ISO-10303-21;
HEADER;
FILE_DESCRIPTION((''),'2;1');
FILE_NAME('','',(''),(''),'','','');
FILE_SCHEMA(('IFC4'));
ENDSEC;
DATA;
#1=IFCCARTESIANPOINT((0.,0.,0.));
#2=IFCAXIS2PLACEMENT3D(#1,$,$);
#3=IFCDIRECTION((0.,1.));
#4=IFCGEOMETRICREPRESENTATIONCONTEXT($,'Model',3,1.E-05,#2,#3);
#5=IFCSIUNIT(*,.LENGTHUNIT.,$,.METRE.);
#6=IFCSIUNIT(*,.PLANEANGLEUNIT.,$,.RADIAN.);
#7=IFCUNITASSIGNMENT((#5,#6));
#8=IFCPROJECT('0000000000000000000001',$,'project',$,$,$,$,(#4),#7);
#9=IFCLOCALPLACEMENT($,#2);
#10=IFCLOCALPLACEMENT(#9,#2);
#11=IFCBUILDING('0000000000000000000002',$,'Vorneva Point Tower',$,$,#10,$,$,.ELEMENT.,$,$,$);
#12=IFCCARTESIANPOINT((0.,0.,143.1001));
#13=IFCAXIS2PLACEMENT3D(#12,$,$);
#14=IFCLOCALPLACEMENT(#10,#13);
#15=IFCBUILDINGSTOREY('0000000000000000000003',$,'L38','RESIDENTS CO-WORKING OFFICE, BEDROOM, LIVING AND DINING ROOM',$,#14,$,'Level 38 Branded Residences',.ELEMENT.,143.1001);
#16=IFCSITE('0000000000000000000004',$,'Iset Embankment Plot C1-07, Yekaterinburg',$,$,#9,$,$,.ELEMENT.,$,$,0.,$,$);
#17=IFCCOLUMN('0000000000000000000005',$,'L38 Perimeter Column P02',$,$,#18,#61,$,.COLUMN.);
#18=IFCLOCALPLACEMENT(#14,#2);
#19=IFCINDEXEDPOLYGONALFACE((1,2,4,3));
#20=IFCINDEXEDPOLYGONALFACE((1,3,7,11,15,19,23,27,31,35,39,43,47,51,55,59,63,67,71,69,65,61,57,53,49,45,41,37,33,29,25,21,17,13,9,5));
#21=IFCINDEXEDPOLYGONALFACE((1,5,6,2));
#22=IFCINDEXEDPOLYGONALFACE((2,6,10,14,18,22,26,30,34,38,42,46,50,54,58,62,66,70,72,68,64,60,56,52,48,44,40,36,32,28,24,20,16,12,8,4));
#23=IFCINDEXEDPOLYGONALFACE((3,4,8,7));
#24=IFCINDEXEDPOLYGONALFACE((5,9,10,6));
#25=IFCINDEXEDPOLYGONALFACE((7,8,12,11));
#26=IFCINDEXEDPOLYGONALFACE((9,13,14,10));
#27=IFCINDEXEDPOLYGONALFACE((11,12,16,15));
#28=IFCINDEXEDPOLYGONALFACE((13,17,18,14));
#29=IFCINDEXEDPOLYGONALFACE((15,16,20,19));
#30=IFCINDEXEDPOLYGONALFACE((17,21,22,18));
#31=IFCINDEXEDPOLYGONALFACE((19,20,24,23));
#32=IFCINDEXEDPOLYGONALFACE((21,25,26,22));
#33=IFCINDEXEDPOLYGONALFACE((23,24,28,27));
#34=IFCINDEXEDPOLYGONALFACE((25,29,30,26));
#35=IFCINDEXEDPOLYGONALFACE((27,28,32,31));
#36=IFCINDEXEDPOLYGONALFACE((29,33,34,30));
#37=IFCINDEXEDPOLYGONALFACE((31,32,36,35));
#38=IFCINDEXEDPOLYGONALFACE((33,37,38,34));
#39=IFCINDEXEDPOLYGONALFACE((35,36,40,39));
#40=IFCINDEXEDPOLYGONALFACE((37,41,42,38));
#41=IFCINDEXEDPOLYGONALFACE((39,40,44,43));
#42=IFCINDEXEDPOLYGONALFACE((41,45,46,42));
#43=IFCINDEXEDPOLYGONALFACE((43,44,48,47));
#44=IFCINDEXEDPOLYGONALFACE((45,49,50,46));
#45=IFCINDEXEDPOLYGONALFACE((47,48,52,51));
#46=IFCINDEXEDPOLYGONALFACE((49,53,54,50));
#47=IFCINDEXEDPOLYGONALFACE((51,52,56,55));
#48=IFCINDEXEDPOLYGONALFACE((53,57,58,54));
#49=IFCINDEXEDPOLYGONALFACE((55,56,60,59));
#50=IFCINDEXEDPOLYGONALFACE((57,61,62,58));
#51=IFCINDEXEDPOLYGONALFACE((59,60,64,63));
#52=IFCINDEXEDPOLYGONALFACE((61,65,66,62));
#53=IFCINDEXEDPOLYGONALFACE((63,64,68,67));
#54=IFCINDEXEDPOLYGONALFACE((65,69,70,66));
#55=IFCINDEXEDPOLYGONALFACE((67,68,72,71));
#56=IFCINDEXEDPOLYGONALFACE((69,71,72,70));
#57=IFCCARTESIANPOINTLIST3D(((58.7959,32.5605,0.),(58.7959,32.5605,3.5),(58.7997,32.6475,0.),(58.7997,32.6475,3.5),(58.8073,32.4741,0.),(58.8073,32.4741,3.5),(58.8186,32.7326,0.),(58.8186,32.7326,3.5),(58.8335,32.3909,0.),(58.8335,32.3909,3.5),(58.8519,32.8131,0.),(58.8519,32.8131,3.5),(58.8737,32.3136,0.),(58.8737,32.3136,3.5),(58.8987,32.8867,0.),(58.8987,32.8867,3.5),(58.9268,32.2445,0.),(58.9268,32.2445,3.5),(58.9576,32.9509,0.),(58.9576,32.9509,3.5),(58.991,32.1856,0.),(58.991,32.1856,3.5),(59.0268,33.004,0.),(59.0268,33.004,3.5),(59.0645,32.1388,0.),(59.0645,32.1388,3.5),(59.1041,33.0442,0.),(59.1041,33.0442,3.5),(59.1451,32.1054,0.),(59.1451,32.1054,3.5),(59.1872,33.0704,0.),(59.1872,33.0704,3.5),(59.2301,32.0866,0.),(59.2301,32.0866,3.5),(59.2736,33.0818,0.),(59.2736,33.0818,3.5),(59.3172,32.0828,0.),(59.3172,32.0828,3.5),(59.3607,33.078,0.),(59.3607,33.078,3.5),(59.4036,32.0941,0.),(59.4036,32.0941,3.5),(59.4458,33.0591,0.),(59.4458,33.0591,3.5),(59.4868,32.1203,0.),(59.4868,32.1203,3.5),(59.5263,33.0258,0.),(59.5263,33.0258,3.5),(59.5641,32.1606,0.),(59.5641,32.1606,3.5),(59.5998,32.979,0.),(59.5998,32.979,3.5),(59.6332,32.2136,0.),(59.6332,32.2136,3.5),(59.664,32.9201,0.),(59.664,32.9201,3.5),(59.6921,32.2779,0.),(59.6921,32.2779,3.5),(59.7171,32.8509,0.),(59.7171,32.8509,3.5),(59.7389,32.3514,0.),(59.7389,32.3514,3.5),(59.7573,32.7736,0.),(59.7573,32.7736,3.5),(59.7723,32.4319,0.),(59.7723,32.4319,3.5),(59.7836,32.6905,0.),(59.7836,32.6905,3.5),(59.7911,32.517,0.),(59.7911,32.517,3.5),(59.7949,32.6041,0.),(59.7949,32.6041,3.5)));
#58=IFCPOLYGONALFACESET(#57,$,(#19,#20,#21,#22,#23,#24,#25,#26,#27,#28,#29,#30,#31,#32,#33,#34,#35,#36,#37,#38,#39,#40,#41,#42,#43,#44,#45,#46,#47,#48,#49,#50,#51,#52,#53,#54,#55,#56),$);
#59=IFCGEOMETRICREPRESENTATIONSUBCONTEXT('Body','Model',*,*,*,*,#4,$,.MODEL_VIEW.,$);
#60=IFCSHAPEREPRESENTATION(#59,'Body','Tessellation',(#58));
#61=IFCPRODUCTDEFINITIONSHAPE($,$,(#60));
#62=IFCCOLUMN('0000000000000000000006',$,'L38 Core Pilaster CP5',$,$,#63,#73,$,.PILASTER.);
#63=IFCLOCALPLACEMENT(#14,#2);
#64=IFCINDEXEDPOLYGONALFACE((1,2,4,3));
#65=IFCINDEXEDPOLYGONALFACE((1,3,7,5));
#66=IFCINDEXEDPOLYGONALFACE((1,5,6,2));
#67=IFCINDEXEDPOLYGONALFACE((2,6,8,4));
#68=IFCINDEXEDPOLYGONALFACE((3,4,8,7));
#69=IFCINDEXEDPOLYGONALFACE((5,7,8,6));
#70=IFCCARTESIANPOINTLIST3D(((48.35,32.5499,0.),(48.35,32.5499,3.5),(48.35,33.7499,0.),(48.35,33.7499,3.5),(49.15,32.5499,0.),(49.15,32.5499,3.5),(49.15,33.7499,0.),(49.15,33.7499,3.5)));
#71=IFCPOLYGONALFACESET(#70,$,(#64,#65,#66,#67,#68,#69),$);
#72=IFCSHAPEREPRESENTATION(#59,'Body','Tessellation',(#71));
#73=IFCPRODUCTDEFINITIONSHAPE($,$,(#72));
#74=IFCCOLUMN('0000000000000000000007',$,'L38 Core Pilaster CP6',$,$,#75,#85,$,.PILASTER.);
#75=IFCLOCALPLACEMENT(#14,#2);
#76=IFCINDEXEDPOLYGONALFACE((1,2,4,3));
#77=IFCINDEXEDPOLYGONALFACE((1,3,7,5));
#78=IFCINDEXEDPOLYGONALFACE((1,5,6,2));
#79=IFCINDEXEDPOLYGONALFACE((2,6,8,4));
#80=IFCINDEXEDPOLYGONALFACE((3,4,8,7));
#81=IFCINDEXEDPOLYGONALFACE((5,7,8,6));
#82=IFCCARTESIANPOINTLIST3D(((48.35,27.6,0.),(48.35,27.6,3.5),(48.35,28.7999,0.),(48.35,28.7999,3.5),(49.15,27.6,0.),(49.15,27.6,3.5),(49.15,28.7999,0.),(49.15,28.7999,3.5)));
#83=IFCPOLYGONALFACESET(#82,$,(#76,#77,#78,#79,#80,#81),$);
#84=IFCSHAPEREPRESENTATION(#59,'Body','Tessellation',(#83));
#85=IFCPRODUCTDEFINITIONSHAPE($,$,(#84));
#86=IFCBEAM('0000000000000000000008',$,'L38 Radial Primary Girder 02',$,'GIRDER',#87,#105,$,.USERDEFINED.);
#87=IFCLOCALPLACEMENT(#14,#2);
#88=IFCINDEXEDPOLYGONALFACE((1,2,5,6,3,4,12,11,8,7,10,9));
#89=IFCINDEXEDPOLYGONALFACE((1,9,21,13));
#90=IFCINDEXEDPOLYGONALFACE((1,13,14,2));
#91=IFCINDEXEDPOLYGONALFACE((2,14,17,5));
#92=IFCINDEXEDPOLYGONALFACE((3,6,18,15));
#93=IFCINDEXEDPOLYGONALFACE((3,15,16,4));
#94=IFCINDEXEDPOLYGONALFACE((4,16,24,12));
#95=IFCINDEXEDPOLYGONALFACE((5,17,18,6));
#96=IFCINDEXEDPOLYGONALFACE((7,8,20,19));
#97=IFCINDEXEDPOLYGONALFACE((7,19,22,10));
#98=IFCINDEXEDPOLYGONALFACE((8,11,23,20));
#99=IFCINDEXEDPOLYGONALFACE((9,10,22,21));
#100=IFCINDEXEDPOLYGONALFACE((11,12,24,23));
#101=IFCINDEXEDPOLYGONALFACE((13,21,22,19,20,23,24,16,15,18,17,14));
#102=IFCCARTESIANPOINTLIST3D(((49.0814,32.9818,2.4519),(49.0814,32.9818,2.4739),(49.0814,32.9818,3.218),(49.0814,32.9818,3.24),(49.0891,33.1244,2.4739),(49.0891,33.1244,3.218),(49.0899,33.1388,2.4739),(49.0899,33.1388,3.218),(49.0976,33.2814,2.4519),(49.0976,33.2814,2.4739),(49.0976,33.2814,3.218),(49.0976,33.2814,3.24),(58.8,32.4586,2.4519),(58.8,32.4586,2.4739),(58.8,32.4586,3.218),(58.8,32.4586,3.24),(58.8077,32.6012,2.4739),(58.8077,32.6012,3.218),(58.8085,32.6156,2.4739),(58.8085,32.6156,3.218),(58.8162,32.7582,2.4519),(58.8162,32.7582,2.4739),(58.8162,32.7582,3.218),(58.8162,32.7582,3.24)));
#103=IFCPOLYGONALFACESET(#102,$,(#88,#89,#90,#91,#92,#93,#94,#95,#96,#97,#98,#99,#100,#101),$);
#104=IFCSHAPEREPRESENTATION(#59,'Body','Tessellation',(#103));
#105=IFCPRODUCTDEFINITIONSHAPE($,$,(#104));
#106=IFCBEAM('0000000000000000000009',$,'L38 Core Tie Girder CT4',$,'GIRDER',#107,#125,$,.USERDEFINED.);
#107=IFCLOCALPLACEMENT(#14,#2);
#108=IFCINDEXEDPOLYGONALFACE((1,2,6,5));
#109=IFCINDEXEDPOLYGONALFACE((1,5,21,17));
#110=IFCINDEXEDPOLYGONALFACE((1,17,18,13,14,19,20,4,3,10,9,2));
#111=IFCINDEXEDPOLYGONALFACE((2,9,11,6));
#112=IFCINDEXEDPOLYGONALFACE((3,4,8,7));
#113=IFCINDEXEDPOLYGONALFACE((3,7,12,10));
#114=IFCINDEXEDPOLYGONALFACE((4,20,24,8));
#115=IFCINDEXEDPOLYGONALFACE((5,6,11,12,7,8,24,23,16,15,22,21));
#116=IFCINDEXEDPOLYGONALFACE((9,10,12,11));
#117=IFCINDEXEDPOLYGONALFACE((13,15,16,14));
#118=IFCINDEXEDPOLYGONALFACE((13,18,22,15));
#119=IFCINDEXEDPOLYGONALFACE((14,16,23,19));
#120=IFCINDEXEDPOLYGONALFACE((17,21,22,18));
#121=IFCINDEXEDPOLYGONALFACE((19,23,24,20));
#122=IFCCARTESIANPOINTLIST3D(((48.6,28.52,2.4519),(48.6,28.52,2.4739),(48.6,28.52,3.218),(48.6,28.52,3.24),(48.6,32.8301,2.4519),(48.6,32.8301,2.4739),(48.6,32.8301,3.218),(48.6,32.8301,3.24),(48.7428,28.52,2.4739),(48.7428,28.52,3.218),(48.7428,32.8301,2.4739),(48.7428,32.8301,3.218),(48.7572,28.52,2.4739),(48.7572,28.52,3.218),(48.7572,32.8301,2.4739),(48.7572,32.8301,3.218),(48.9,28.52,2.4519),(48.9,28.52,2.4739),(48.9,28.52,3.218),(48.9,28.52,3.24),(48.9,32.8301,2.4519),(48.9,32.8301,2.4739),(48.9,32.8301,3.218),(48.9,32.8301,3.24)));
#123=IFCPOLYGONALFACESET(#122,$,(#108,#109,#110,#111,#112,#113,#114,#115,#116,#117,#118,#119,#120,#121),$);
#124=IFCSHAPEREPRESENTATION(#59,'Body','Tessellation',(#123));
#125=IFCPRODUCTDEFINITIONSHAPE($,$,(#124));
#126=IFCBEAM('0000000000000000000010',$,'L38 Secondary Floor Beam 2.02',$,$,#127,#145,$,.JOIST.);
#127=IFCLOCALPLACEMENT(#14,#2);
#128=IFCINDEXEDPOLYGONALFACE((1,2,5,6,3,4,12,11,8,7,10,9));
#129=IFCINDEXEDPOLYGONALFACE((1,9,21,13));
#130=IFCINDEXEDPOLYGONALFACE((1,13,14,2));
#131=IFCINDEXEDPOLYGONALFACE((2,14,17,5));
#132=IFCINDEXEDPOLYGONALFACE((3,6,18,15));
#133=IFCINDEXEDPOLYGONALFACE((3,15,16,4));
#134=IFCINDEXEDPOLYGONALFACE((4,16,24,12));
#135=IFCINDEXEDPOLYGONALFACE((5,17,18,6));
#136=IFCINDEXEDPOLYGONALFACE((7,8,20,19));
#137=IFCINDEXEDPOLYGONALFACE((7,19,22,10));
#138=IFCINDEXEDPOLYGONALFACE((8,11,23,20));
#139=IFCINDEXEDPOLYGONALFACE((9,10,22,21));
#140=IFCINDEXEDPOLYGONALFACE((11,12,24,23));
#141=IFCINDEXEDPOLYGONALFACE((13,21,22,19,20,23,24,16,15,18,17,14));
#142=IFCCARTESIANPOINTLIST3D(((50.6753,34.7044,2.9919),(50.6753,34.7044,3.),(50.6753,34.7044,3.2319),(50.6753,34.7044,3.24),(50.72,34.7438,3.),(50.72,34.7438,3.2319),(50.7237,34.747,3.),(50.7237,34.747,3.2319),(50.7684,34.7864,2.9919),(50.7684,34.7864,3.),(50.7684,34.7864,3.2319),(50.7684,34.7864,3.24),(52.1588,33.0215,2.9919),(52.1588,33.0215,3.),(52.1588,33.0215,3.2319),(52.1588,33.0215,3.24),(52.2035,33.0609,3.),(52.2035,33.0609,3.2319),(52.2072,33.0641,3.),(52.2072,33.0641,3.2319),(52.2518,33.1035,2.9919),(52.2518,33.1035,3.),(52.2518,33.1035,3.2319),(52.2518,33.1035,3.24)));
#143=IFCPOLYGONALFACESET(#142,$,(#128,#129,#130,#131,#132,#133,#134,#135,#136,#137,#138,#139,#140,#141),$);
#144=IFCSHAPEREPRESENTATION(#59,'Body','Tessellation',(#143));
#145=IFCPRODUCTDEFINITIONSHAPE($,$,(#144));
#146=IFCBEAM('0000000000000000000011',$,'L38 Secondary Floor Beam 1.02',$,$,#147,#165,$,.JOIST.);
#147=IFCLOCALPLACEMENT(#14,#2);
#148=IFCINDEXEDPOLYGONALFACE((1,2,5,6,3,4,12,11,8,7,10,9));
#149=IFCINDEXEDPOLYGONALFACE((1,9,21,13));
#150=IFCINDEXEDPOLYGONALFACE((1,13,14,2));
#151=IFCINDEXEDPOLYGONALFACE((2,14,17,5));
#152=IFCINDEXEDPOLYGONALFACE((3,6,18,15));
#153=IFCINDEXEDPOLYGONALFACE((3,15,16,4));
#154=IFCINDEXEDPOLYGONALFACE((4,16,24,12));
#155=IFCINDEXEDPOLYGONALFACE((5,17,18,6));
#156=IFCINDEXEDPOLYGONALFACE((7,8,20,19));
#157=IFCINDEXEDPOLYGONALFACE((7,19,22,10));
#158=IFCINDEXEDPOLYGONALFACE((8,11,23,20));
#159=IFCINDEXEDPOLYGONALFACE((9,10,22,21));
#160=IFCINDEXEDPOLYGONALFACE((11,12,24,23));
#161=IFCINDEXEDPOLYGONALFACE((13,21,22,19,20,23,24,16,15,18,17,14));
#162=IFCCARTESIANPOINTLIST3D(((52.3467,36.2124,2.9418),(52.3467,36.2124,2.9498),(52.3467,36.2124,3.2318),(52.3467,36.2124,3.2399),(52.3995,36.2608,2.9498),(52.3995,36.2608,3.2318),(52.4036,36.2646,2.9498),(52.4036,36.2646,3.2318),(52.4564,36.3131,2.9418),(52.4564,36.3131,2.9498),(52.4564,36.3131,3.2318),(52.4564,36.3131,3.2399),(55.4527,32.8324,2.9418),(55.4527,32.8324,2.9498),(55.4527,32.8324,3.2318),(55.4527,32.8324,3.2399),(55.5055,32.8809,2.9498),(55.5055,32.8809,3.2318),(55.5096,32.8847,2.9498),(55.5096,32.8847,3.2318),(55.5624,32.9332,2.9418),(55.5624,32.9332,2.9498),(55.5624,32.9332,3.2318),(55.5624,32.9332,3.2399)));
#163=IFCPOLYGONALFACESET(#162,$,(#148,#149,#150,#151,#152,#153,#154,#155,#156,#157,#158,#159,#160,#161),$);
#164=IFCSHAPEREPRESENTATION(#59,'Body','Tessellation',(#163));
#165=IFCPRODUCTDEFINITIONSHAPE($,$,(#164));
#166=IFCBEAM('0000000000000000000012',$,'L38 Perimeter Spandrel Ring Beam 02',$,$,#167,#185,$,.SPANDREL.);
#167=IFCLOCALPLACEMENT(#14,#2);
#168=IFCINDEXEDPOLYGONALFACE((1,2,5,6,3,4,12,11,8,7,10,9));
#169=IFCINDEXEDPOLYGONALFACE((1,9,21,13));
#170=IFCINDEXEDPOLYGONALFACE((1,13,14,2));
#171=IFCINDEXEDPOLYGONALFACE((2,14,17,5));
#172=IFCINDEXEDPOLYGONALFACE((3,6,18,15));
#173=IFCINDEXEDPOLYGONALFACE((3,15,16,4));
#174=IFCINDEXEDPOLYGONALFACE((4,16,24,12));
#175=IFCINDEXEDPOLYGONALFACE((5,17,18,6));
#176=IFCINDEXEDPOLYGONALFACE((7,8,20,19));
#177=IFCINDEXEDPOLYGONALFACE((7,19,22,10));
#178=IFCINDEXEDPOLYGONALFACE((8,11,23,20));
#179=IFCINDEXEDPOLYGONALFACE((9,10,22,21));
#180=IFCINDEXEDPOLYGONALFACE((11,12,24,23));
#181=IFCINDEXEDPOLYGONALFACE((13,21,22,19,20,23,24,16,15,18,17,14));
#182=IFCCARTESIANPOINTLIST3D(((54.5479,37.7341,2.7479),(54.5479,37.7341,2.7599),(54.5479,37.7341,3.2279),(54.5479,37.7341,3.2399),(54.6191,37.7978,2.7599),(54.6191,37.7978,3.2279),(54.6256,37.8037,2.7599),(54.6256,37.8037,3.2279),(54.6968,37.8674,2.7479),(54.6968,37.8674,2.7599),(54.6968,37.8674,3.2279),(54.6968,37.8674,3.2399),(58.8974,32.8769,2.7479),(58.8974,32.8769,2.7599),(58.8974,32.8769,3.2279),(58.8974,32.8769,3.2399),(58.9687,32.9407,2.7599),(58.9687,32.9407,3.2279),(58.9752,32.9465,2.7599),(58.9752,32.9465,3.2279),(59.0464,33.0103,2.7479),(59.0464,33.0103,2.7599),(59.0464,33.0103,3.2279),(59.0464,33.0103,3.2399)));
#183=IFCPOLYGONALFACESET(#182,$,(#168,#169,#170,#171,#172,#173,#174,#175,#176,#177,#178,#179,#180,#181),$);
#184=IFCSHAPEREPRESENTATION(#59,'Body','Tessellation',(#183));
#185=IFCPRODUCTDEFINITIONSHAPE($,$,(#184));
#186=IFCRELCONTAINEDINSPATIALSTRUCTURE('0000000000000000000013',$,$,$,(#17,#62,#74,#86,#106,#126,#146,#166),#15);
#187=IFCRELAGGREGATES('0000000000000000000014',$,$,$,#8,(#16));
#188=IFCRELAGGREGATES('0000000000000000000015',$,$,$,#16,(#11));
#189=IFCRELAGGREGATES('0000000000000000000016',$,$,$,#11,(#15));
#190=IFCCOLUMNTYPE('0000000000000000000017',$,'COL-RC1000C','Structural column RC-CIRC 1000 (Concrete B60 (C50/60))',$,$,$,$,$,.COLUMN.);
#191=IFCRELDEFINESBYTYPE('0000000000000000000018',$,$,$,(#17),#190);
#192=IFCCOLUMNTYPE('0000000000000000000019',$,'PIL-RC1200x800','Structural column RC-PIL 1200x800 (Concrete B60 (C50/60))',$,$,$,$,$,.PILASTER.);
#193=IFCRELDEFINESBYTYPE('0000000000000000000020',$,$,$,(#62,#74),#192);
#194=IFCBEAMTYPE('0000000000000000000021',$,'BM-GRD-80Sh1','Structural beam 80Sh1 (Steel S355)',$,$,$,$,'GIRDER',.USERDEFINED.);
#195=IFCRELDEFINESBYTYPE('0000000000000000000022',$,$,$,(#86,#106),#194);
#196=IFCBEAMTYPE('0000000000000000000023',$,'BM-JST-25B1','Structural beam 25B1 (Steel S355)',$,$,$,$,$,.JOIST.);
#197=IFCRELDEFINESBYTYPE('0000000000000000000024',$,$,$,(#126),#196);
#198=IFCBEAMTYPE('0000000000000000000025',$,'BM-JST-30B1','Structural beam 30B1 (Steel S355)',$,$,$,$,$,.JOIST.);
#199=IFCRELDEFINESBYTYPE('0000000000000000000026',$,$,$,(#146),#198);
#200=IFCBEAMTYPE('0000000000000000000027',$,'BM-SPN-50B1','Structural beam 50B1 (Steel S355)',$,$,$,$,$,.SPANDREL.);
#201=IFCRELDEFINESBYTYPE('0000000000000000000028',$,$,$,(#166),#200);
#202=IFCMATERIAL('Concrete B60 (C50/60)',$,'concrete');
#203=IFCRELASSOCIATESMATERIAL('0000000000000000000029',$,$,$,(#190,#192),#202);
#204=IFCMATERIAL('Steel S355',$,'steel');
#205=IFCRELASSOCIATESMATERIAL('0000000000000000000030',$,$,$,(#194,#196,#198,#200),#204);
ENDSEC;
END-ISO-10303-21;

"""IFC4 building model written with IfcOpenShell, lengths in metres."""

from ifc_helpers import new_model, si_unit, direction, frame, origin, origin_2d, place, context, subcontext, project, spatial, rectangle, circle, i_section, extrude, material, material_profile, profile_set, type_object, element, save


model = new_model("IFC4")

# Units and contexts
model_context = context("Model", 3, precision=1e-05, world=origin(), true_north=direction((0.0, 1.0)))
body_context = subcontext(model_context, "Body", "Model", "MODEL_VIEW")
ifc_project = project(units=[si_unit("LENGTHUNIT", "METRE"), si_unit("PLANEANGLEUNIT", "RADIAN")], contexts=[model_context])

# Site, building, storey
site_placement = place(None, origin())
site = spatial("IfcSite", under=ifc_project, at=site_placement, Name="Iset Embankment Plot C1-07, Yekaterinburg", CompositionType="ELEMENT", RefElevation=0.0)
building_placement = place(site_placement, origin())
building = spatial("IfcBuilding", under=site, at=building_placement, Name="Vorneva Point Tower", CompositionType="ELEMENT")
storey_placement = place(building_placement, frame((0.0, 0.0, 143.1001)))
storey = spatial("IfcBuildingStorey", under=building, at=storey_placement, Name="L38", Description="RESIDENTS CO-WORKING OFFICE, BEDROOM, LIVING AND DINING ROOM", LongName="Level 38 Branded Residences", CompositionType="ELEMENT", Elevation=143.1001)

# Columns
ifc_material_1 = material(Name="Concrete B60 (C50/60)", Category="concrete")
ifc_material_profile_1 = material_profile(ifc_material_1, circle(Radius=0.5, at=origin_2d()), Name="RC-CIRC 1000")
ifc_profile_set_1 = profile_set([ifc_material_profile_1], Name="Concrete B60 (C50/60)")
column_type_1 = type_object("IfcColumnType", Name="COL-RC1000C", Description="Structural column RC-CIRC 1000 (Concrete B60 (C50/60))", PredefinedType="COLUMN", material=ifc_profile_set_1)
column_placement = place(storey_placement, frame((59.2954, 32.5823, 0.0), z_axis=(0.0, 0.0, 1.0), x_axis=(0.92388, 0.382683, 0.0)))
element("IfcColumn", 1, at=column_placement, inside=storey, type_object=column_type_1, Name="L38 Perimeter Column P02", PredefinedType="COLUMN", context=body_context, shape_type="SweptSolid", body=[
    extrude(circle(Radius=0.5, at=origin_2d()), origin(), (0.0, 0.0, 1.0), 3.5),
])
ifc_material_profile_2 = material_profile(ifc_material_1, rectangle(XDim=0.8, YDim=1.2, at=origin_2d()), Name="RC-PIL 1200x800")
ifc_profile_set_2 = profile_set([ifc_material_profile_2], Name="Concrete B60 (C50/60)")
column_type_2 = type_object("IfcColumnType", Name="PIL-RC1200x800", Description="Structural column RC-PIL 1200x800 (Concrete B60 (C50/60))", PredefinedType="PILASTER", material=ifc_profile_set_2)
for number, where, z_axis, x_axis, name in (
    (2, (48.75, 33.1499, 0.0), (0.0, 0.0, 1.0), (1.0, 0.0, 0.0), "L38 Core Pilaster CP5"),
    (3, (48.75, 28.2, 0.0), (0.0, 0.0, 1.0), (1.0, 0.0, 0.0), "L38 Core Pilaster CP6"),
):
    element("IfcColumn", number, at=place(storey_placement, frame(where, z_axis=z_axis, x_axis=x_axis)), inside=storey, type_object=column_type_2, Name=name, PredefinedType="PILASTER", context=body_context, shape_type="SweptSolid", body=[
        extrude(rectangle(XDim=0.8, YDim=1.2, at=origin_2d()), origin(), (0.0, 0.0, 1.0), 3.5),
    ])

# Beams
ifc_material_2 = material(Name="Steel S355", Category="steel")
ifc_material_profile_3 = material_profile(ifc_material_2, i_section(OverallWidth=0.3, OverallDepth=0.7881, WebThickness=0.0144, FlangeThickness=0.022, at=origin_2d()), Name="80Sh1")
ifc_profile_set_3 = profile_set([ifc_material_profile_3], Name="Steel S355")
beam_type_1 = type_object("IfcBeamType", Name="BM-GRD-80Sh1", Description="Structural beam 80Sh1 (Steel S355)", ElementType="GIRDER", PredefinedType="USERDEFINED", material=ifc_profile_set_3)
beam_1_placement = place(storey_placement, frame((58.8081, 32.6084, 2.8459), z_axis=(-0.998554, 0.053757, 0.0), x_axis=(-0.053757, -0.998554, 0.0)))
element("IfcBeam", 4, at=beam_1_placement, inside=storey, type_object=beam_type_1, Name="L38 Radial Primary Girder 02", ObjectType="GIRDER", PredefinedType="USERDEFINED", context=body_context, shape_type="SweptSolid", body=[
    extrude(i_section(OverallWidth=0.3, OverallDepth=0.7881, WebThickness=0.0144, FlangeThickness=0.022, at=origin_2d()), origin(), (0.0, 0.0, 1.0), 9.7327),
])
beam_2_placement = place(storey_placement, frame((48.75, 28.52, 2.8459), z_axis=(0.0, 1.0, 0.0), x_axis=(-1.0, 0.0, 0.0)))
element("IfcBeam", 5, at=beam_2_placement, inside=storey, type_object=beam_type_1, Name="L38 Core Tie Girder CT4", ObjectType="GIRDER", PredefinedType="USERDEFINED", context=body_context, shape_type="SweptSolid", body=[
    extrude(i_section(OverallWidth=0.3, OverallDepth=0.7881, WebThickness=0.0144, FlangeThickness=0.022, at=origin_2d()), origin(), (0.0, 0.0, 1.0), 4.3101),
])
ifc_material_profile_4 = material_profile(ifc_material_2, i_section(OverallWidth=0.124, OverallDepth=0.248, WebThickness=0.0049, FlangeThickness=0.0081, at=origin_2d()), Name="25B1")
ifc_profile_set_4 = profile_set([ifc_material_profile_4], Name="Steel S355")
beam_type_2 = type_object("IfcBeamType", Name="BM-JST-25B1", Description="Structural beam 25B1 (Steel S355)", PredefinedType="JOIST", material=ifc_profile_set_4)
beam_3_placement = place(storey_placement, frame((52.2053, 33.0625, 3.116), z_axis=(-0.661251, 0.750165, 0.0), x_axis=(-0.750165, -0.661251, 0.0)))
element("IfcBeam", 6, at=beam_3_placement, inside=storey, type_object=beam_type_2, Name="L38 Secondary Floor Beam 2.02", PredefinedType="JOIST", context=body_context, shape_type="SweptSolid", body=[
    extrude(i_section(OverallWidth=0.124, OverallDepth=0.248, WebThickness=0.0049, FlangeThickness=0.0081, at=origin_2d()), origin(), (0.0, 0.0, 1.0), 2.2434),
])
ifc_material_profile_5 = material_profile(ifc_material_2, i_section(OverallWidth=0.1489, OverallDepth=0.2981, WebThickness=0.0056, FlangeThickness=0.0081, at=origin_2d()), Name="30B1")
ifc_profile_set_5 = profile_set([ifc_material_profile_5], Name="Steel S355")
beam_type_3 = type_object("IfcBeamType", Name="BM-JST-30B1", Description="Structural beam 30B1 (Steel S355)", PredefinedType="JOIST", material=ifc_profile_set_5)
beam_4_placement = place(storey_placement, frame((55.5076, 32.8828, 3.0908), z_axis=(-0.676639, 0.736315, 0.0), x_axis=(-0.736315, -0.676639, 0.0)))
element("IfcBeam", 7, at=beam_4_placement, inside=storey, type_object=beam_type_3, Name="L38 Secondary Floor Beam 1.02", PredefinedType="JOIST", context=body_context, shape_type="SweptSolid", body=[
    extrude(i_section(OverallWidth=0.1489, OverallDepth=0.2981, WebThickness=0.0056, FlangeThickness=0.0081, at=origin_2d()), origin(), (0.0, 0.0, 1.0), 4.5903),
])
ifc_material_profile_6 = material_profile(ifc_material_2, i_section(OverallWidth=0.2, OverallDepth=0.4919, WebThickness=0.0088, FlangeThickness=0.012, at=origin_2d()), Name="50B1")
ifc_profile_set_6 = profile_set([ifc_material_profile_6], Name="Steel S355")
beam_type_4 = type_object("IfcBeamType", Name="BM-SPN-50B1", Description="Structural beam 50B1 (Steel S355)", PredefinedType="SPANDREL", material=ifc_profile_set_6)
beam_5_placement = place(storey_placement, frame((58.9719, 32.9436, 2.9939), z_axis=(-0.667111, 0.744958, 0.0), x_axis=(-0.744958, -0.667111, 0.0)))
element("IfcBeam", 8, at=beam_5_placement, inside=storey, type_object=beam_type_4, Name="L38 Perimeter Spandrel Ring Beam 02", PredefinedType="SPANDREL", context=body_context, shape_type="SweptSolid", body=[
    extrude(i_section(OverallWidth=0.2, OverallDepth=0.4919, WebThickness=0.0088, FlangeThickness=0.012, at=origin_2d()), origin(), (0.0, 0.0, 1.0), 6.52),
])

save(model, "model.ifc")
